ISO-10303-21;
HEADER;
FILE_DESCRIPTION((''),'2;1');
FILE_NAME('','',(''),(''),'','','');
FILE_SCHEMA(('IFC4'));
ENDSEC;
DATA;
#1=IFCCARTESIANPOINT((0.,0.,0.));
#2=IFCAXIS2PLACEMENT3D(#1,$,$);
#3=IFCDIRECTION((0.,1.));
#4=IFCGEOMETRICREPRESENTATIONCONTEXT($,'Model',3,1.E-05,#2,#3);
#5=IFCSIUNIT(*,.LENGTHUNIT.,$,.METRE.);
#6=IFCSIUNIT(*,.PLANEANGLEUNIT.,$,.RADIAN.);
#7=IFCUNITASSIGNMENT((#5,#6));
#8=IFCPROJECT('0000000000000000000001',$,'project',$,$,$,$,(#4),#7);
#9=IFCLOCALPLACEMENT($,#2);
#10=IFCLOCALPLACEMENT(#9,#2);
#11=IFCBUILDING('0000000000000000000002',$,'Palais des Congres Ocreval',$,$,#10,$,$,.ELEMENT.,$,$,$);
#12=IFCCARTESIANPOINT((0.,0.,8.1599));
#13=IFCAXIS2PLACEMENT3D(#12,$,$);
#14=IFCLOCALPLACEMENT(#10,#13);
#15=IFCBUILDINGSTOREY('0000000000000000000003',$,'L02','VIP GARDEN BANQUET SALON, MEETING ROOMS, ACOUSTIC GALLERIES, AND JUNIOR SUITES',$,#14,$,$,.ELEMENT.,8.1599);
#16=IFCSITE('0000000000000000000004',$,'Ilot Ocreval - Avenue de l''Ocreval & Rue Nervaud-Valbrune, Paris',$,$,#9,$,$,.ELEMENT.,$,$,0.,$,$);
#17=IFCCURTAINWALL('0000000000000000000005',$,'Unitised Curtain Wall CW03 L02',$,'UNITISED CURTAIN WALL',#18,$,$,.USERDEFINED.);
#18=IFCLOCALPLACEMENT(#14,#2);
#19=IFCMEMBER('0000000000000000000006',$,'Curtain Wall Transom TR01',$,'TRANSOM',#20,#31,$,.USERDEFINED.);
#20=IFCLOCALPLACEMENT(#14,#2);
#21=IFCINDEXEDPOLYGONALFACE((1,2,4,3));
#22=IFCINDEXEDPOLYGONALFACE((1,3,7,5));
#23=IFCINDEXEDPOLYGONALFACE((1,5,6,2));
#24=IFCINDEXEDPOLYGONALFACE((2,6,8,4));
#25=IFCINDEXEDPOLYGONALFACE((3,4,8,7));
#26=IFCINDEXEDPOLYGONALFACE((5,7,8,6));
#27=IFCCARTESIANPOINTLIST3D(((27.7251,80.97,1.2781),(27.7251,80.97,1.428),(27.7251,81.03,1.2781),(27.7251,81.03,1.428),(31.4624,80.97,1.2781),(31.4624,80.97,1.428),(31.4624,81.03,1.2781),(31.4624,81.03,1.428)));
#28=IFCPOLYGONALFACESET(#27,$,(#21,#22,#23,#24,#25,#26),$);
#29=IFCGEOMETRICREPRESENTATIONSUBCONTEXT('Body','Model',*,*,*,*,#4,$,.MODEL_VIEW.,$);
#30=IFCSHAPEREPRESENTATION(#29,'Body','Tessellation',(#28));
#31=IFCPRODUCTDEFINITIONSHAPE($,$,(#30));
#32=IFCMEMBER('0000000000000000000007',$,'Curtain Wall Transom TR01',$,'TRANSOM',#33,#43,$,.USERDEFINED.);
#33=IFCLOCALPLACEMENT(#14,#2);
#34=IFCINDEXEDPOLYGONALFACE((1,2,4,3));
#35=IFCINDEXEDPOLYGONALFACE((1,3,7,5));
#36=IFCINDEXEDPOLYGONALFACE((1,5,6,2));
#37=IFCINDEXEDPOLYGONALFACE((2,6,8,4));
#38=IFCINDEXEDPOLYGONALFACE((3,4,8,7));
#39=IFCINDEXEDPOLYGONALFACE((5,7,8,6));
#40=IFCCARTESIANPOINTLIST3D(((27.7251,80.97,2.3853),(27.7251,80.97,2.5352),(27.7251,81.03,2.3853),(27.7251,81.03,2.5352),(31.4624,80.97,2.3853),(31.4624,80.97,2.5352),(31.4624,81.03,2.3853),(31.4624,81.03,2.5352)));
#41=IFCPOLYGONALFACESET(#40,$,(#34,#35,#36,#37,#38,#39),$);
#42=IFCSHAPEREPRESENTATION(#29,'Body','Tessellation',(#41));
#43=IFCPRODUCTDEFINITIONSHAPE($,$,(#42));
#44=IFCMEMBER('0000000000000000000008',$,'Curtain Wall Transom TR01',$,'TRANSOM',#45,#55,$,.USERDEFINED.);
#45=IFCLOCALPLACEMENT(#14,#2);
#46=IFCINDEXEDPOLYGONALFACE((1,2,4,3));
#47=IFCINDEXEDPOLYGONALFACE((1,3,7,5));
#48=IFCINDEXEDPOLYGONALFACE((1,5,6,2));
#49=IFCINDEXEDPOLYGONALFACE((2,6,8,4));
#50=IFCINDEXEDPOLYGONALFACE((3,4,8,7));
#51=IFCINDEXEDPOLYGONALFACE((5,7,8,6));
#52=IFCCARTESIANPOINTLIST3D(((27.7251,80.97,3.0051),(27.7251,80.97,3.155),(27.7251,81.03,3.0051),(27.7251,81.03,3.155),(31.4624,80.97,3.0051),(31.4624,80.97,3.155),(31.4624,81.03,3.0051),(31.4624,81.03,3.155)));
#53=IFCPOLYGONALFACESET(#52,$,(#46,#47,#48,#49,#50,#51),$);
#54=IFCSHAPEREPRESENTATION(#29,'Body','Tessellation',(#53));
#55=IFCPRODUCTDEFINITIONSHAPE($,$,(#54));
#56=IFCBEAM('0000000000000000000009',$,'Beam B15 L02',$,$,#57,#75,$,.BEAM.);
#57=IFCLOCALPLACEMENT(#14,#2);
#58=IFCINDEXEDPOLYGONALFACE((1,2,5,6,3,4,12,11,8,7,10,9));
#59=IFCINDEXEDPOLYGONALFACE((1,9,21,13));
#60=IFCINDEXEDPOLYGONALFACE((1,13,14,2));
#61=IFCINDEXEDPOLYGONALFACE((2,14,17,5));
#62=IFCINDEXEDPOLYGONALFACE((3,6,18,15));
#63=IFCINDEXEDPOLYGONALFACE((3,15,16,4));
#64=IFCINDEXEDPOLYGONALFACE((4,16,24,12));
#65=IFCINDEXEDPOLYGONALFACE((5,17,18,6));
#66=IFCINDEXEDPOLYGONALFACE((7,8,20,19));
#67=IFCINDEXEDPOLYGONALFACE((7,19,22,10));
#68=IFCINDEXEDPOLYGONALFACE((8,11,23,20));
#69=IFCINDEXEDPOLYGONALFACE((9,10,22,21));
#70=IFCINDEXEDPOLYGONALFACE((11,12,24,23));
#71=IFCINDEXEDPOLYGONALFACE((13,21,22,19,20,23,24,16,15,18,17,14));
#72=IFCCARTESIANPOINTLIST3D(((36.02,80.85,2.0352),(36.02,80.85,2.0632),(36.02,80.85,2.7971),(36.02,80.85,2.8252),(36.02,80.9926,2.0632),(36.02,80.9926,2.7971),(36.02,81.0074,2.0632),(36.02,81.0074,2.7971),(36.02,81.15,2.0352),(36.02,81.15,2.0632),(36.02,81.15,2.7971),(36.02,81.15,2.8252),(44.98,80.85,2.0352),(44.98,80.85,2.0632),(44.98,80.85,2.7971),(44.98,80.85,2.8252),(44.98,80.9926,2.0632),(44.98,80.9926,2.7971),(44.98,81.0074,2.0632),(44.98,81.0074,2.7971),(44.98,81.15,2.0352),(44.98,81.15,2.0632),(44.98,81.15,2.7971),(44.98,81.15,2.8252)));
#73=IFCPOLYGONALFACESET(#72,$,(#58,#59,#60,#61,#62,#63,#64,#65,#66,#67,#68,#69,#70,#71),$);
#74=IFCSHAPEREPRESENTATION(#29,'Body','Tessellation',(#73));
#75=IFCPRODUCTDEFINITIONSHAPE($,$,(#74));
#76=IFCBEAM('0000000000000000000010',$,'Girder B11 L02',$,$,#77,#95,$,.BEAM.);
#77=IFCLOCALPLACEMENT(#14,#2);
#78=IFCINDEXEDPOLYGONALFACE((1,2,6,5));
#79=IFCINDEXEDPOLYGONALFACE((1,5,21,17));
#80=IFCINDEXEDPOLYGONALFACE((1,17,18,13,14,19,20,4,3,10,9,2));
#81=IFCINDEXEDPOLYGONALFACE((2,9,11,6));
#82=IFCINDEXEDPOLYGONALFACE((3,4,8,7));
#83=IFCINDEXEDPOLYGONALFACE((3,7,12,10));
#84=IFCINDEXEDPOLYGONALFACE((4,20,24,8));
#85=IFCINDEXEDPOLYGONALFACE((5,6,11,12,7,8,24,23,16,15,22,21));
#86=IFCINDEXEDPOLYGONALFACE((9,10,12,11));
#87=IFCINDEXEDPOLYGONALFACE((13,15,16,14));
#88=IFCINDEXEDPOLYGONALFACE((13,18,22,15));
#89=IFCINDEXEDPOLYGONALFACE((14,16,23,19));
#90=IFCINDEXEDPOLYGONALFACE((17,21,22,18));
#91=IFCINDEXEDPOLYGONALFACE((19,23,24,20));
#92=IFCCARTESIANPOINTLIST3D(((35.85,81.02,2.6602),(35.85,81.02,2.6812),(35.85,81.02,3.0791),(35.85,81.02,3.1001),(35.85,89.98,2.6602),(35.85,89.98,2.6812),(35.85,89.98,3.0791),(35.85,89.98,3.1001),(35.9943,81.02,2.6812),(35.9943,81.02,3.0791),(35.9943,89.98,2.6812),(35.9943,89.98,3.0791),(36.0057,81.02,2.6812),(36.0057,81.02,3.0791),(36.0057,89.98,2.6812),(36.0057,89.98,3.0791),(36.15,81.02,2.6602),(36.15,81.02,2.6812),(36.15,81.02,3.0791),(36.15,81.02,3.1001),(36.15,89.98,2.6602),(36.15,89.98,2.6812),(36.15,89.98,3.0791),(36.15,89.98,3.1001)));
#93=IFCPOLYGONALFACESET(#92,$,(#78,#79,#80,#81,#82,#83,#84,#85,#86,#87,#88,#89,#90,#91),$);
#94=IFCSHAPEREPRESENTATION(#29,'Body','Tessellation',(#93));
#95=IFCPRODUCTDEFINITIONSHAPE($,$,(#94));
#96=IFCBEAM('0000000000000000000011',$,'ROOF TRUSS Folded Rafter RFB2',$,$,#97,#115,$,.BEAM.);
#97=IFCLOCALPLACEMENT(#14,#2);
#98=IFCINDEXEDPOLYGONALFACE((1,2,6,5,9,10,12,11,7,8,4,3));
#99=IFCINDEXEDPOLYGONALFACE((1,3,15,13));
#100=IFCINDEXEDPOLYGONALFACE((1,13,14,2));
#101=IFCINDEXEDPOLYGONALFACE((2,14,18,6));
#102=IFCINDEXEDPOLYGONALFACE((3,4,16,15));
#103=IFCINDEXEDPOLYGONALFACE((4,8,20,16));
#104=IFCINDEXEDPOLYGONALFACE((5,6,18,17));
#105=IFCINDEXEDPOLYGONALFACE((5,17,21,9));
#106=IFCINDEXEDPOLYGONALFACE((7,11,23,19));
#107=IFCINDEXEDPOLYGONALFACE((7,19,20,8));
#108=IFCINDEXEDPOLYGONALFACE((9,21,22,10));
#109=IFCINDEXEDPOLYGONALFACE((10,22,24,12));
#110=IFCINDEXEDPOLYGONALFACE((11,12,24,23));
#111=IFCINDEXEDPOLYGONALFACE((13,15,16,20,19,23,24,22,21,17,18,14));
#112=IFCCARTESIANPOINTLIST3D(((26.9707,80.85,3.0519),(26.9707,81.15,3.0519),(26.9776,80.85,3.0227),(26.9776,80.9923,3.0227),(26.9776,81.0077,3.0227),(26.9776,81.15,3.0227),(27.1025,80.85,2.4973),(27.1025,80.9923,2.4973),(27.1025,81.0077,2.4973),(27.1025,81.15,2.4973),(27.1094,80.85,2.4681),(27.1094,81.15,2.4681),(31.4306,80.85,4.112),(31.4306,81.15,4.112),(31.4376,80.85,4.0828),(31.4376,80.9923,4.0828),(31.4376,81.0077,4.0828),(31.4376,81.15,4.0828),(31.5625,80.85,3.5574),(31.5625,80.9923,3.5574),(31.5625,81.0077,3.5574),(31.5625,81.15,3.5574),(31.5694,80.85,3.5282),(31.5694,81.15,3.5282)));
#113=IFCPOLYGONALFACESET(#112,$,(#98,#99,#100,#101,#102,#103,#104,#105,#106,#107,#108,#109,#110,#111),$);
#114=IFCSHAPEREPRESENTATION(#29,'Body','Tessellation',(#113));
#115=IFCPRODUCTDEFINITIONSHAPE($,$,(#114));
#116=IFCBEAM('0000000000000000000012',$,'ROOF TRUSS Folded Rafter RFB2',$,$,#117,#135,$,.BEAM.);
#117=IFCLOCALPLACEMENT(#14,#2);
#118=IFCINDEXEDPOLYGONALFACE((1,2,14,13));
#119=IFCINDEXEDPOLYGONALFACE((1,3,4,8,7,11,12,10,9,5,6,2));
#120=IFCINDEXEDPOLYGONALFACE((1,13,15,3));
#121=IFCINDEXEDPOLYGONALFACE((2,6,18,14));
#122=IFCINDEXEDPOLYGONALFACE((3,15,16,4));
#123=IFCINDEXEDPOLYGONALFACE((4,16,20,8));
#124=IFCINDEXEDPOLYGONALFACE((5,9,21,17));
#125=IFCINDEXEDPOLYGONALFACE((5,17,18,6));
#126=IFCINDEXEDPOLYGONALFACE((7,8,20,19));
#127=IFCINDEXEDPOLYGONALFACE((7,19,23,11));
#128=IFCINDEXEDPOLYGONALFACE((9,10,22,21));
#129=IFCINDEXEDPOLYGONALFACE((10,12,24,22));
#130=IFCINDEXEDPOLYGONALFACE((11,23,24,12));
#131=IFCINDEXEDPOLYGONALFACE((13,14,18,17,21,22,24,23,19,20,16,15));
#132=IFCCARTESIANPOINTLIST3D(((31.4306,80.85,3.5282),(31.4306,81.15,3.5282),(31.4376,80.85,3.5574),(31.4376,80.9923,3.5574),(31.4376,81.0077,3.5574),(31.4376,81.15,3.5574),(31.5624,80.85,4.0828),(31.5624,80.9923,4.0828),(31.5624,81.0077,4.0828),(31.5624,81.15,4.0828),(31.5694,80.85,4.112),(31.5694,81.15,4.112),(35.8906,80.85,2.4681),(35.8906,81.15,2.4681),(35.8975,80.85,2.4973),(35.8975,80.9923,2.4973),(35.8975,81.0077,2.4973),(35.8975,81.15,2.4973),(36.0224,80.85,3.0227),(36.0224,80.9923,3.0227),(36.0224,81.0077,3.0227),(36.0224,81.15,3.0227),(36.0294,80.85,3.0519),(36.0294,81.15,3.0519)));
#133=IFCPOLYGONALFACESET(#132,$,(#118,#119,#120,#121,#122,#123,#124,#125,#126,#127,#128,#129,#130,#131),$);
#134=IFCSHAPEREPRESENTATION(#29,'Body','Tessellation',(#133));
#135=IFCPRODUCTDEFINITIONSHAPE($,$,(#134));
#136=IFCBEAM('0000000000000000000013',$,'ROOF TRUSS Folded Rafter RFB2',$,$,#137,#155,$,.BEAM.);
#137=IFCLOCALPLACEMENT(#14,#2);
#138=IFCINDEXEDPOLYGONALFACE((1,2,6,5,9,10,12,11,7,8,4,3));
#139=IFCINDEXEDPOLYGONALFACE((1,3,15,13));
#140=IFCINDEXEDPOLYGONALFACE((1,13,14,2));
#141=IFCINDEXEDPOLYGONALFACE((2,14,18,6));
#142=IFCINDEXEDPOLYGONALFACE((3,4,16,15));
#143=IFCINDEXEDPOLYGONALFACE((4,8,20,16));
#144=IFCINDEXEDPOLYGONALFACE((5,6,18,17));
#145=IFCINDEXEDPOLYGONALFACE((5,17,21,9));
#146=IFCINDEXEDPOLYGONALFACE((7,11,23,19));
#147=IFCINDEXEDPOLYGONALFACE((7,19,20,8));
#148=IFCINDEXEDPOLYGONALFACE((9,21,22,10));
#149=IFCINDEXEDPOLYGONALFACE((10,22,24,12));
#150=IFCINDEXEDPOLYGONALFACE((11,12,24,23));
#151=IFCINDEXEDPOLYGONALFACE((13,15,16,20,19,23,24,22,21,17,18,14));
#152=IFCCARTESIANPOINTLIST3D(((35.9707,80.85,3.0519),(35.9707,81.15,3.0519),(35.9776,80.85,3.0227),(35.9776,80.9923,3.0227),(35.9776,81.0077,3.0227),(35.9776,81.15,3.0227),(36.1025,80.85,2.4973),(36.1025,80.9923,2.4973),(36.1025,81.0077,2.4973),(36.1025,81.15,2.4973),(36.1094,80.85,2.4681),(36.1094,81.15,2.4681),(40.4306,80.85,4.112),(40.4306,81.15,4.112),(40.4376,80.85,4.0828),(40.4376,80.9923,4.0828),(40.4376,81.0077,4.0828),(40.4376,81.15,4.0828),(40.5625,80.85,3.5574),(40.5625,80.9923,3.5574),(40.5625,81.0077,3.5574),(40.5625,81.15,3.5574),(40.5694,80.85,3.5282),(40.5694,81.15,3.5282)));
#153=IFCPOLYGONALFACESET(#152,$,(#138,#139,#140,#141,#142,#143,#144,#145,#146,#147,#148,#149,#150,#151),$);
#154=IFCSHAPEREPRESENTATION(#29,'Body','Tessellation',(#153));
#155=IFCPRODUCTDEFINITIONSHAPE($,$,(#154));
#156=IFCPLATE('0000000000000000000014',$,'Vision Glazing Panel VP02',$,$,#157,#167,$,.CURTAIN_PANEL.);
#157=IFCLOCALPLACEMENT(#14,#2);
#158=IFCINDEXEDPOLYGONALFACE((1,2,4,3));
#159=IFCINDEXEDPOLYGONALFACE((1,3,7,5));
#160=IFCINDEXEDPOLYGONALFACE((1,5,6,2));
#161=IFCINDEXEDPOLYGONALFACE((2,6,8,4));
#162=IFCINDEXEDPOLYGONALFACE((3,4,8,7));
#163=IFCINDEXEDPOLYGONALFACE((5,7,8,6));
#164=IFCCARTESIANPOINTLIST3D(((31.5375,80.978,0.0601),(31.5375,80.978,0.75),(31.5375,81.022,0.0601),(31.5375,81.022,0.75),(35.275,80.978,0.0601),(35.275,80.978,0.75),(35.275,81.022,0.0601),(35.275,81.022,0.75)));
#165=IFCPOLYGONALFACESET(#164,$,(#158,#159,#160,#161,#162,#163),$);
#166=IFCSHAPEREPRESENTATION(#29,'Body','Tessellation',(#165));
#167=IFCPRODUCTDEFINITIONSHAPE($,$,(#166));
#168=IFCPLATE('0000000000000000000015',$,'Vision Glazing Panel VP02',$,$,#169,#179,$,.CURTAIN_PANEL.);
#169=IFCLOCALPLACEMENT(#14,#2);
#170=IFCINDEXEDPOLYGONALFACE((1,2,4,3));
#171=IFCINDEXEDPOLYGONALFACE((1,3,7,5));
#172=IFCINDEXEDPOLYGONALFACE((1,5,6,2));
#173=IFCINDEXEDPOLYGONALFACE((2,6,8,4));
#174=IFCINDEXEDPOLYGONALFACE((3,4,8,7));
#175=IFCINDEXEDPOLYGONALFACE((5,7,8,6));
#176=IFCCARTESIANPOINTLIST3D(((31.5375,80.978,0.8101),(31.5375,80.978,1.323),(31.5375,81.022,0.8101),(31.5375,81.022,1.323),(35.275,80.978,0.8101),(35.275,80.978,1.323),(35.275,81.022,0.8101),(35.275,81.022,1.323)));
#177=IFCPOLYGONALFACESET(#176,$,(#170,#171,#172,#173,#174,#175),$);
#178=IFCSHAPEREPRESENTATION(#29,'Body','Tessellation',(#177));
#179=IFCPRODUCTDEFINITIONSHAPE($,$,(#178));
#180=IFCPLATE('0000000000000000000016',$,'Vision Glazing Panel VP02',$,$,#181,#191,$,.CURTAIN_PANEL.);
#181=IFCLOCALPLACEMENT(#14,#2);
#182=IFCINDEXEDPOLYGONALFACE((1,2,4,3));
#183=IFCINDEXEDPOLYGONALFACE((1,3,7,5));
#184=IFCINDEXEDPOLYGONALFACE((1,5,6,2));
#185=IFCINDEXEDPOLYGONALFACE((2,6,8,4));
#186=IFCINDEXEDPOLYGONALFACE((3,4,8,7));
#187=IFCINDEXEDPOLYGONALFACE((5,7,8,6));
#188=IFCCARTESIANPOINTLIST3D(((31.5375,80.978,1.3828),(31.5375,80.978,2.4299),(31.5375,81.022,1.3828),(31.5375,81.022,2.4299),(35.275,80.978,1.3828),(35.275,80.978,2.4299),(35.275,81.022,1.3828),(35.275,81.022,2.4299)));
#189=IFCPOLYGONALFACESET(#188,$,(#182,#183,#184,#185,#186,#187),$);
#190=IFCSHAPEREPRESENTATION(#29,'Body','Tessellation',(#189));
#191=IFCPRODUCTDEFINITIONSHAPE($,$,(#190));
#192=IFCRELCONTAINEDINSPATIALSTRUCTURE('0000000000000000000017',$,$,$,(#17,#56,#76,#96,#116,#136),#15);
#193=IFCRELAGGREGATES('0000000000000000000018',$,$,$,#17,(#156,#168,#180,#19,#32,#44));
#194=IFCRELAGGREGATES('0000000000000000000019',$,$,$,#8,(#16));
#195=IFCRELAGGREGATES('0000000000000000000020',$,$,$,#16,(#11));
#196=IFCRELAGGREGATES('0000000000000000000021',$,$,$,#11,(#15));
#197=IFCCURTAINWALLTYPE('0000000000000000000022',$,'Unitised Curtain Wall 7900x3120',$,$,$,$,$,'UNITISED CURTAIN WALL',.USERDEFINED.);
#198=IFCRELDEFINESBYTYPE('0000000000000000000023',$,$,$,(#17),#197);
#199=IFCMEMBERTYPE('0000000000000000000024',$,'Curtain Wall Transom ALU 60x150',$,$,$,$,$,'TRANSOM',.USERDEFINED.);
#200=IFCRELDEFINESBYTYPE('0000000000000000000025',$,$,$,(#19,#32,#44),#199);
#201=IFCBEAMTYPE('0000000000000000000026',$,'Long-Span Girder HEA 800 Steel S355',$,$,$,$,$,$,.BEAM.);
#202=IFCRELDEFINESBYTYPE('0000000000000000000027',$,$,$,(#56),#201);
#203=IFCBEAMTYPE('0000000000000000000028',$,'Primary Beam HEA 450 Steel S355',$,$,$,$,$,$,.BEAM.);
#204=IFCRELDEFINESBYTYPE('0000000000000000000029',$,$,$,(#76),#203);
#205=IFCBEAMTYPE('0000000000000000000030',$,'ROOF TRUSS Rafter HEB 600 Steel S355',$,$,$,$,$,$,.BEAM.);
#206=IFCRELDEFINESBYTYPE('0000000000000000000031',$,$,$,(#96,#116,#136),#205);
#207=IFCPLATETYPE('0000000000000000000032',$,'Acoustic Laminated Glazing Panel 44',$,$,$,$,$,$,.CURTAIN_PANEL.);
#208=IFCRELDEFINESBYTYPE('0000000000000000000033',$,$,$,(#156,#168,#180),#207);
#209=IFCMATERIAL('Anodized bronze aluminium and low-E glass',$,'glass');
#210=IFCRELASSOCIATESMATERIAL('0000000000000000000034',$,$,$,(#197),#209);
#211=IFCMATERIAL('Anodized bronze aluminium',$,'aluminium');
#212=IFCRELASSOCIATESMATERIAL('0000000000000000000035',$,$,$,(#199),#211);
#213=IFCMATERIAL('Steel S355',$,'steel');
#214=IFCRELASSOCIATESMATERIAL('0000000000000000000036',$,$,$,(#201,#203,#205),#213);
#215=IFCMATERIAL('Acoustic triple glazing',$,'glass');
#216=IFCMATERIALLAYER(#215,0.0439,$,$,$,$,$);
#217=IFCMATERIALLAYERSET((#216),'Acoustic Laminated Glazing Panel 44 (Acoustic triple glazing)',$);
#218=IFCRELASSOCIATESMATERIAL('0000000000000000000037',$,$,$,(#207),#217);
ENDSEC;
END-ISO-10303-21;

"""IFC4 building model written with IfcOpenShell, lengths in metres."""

from ifc_helpers import new_model, si_unit, direction, frame, origin, origin_2d, place, context, subcontext, project, spatial, rectangle, i_section, extrude, material, layer, layer_set, material_profile, profile_set, type_object, element, aggregate, save


model = new_model("IFC4")

# Units and contexts
model_context = context("Model", 3, precision=1e-05, world=origin(), true_north=direction((0.0, 1.0)))
body_context = subcontext(model_context, "Body", "Model", "MODEL_VIEW")
ifc_project = project(units=[si_unit("LENGTHUNIT", "METRE"), si_unit("PLANEANGLEUNIT", "RADIAN")], contexts=[model_context])

# Site, building, storey
site_placement = place(None, origin())
site = spatial("IfcSite", under=ifc_project, at=site_placement, Name="Ilot Ocreval - Avenue de l'Ocreval & Rue Nervaud-Valbrune, Paris", CompositionType="ELEMENT", RefElevation=0.0)
building_placement = place(site_placement, origin())
building = spatial("IfcBuilding", under=site, at=building_placement, Name="Palais des Congres Ocreval", CompositionType="ELEMENT")
storey_placement = place(building_placement, frame((0.0, 0.0, 8.1599)))
storey = spatial("IfcBuildingStorey", under=building, at=storey_placement, Name="L02", Description="VIP GARDEN BANQUET SALON, MEETING ROOMS, ACOUSTIC GALLERIES, AND JUNIOR SUITES", CompositionType="ELEMENT", Elevation=8.1599)

# Shared definitions
ifc_material_1 = material(Name="Steel S355", Category="steel")

# Shared definitions
ifc_material_2 = material(Name="Anodized bronze aluminium and low-E glass", Category="glass")
curtain_wall_type = type_object("IfcCurtainWallType", Name="Unitised Curtain Wall 7900x3120", ElementType="UNITISED CURTAIN WALL", PredefinedType="USERDEFINED", material=ifc_material_2)
ifc_material_3 = material(Name="Anodized bronze aluminium", Category="aluminium")

# Curtain wall, members
curtain_wall_1_placement = place(storey_placement, origin())
curtain_wall_1 = element("IfcCurtainWall", 1, at=curtain_wall_1_placement, inside=storey, type_object=curtain_wall_type, Name="Unitised Curtain Wall CW03 L02", ObjectType="UNITISED CURTAIN WALL", PredefinedType="USERDEFINED")
ifc_material_profile_1 = material_profile(ifc_material_3, rectangle(XDim=0.0601, YDim=0.1499, at=origin_2d()), Name="ALU 60x150")
ifc_profile_set_1 = profile_set([ifc_material_profile_1], Name="Anodized bronze aluminium")
member_type_1 = type_object("IfcMemberType", Name="Curtain Wall Transom ALU 60x150", ElementType="TRANSOM", PredefinedType="USERDEFINED", material=ifc_profile_set_1)
member_1_placement = place(storey_placement, frame((31.4624, 81.0, 1.353), z_axis=(-1.0, 0.0, 0.0), x_axis=(0.0, -1.0, 0.0)))
member_1 = element("IfcMember", 2, at=member_1_placement, type_object=member_type_1, Name="Curtain Wall Transom TR01", ObjectType="TRANSOM", PredefinedType="USERDEFINED", context=body_context, shape_type="SweptSolid", body=[
    extrude(rectangle(XDim=0.0601, YDim=0.1499, at=origin_2d()), origin(), (0.0, 0.0, 1.0), 3.7373),
])
member_2_placement = place(storey_placement, frame((31.4624, 81.0, 2.4602), z_axis=(-1.0, 0.0, 0.0), x_axis=(0.0, -1.0, 0.0)))
member_2 = element("IfcMember", 3, at=member_2_placement, type_object=member_type_1, Name="Curtain Wall Transom TR01", ObjectType="TRANSOM", PredefinedType="USERDEFINED", context=body_context, shape_type="SweptSolid", body=[
    extrude(rectangle(XDim=0.0601, YDim=0.1499, at=origin_2d()), origin(), (0.0, 0.0, 1.0), 3.7373),
])
member_3_placement = place(storey_placement, frame((31.4624, 81.0, 3.0801), z_axis=(-1.0, 0.0, 0.0), x_axis=(0.0, -1.0, 0.0)))
member_3 = element("IfcMember", 4, at=member_3_placement, type_object=member_type_1, Name="Curtain Wall Transom TR01", ObjectType="TRANSOM", PredefinedType="USERDEFINED", context=body_context, shape_type="SweptSolid", body=[
    extrude(rectangle(XDim=0.0601, YDim=0.1499, at=origin_2d()), origin(), (0.0, 0.0, 1.0), 3.7373),
])

# Beams
ifc_material_profile_2 = material_profile(ifc_material_1, i_section(OverallWidth=0.3, OverallDepth=0.79, WebThickness=0.0149, FlangeThickness=0.0281, at=origin_2d()), Name="HEA 800")
ifc_profile_set_2 = profile_set([ifc_material_profile_2], Name="Steel S355")
beam_type_1 = type_object("IfcBeamType", Name="Long-Span Girder HEA 800 Steel S355", PredefinedType="BEAM", material=ifc_profile_set_2)
beam_1_placement = place(storey_placement, frame((36.02, 81.0, 2.4302), z_axis=(1.0, 0.0, 0.0), x_axis=(0.0, 1.0, 0.0)))
element("IfcBeam", 5, at=beam_1_placement, inside=storey, type_object=beam_type_1, Name="Beam B15 L02", PredefinedType="BEAM", context=body_context, shape_type="SweptSolid", body=[
    extrude(i_section(OverallWidth=0.3, OverallDepth=0.79, WebThickness=0.0149, FlangeThickness=0.0281, at=origin_2d()), origin(), (0.0, 0.0, 1.0), 8.96),
])
ifc_material_profile_3 = material_profile(ifc_material_1, i_section(OverallWidth=0.3, OverallDepth=0.4399, WebThickness=0.0115, FlangeThickness=0.021, at=origin_2d()), Name="HEA 450")
ifc_profile_set_3 = profile_set([ifc_material_profile_3], Name="Steel S355")
beam_type_2 = type_object("IfcBeamType", Name="Primary Beam HEA 450 Steel S355", PredefinedType="BEAM", material=ifc_profile_set_3)
beam_2_placement = place(storey_placement, frame((36.0, 81.02, 2.8801), z_axis=(0.0, 1.0, 0.0), x_axis=(-1.0, 0.0, 0.0)))
element("IfcBeam", 6, at=beam_2_placement, inside=storey, type_object=beam_type_2, Name="Girder B11 L02", PredefinedType="BEAM", context=body_context, shape_type="SweptSolid", body=[
    extrude(i_section(OverallWidth=0.3, OverallDepth=0.4399, WebThickness=0.0115, FlangeThickness=0.021, at=origin_2d()), origin(), (0.0, 0.0, 1.0), 8.96),
])
ifc_material_profile_4 = material_profile(ifc_material_1, i_section(OverallWidth=0.3, OverallDepth=0.6001, WebThickness=0.0154, FlangeThickness=0.03, at=origin_2d()), Name="HEB 600")
ifc_profile_set_4 = profile_set([ifc_material_profile_4], Name="Steel S355")
beam_type_3 = type_object("IfcBeamType", Name="ROOF TRUSS Rafter HEB 600 Steel S355", PredefinedType="BEAM", material=ifc_profile_set_4)
for number, where, z_axis, x_axis, name in (
    (7, (27.04, 81.0, 2.76), (0.972896, 0.0, 0.231241), (0.0, 1.0, 0.0), "ROOF TRUSS Folded Rafter RFB2"),
    (8, (31.5, 81.0, 3.8201), (0.972896, 0.0, -0.231241), (0.0, 1.0, 0.0), "ROOF TRUSS Folded Rafter RFB2"),
    (9, (36.04, 81.0, 2.76), (0.972896, 0.0, 0.231241), (0.0, 1.0, 0.0), "ROOF TRUSS Folded Rafter RFB2"),
):
    element("IfcBeam", number, at=place(storey_placement, frame(where, z_axis=z_axis, x_axis=x_axis)), inside=storey, type_object=beam_type_3, Name=name, PredefinedType="BEAM", context=body_context, shape_type="SweptSolid", body=[
        extrude(i_section(OverallWidth=0.3, OverallDepth=0.6001, WebThickness=0.0154, FlangeThickness=0.03, at=origin_2d()), origin(), (0.0, 0.0, 1.0), 4.5842),
    ])

# Plates
ifc_material_4 = material(Name="Acoustic triple glazing", Category="glass")
ifc_layer_1 = layer(ifc_material_4, 0.0439)
ifc_layer_set_1 = layer_set([ifc_layer_1], Name="Acoustic Laminated Glazing Panel 44 (Acoustic triple glazing)")
plate_type_1 = type_object("IfcPlateType", Name="Acoustic Laminated Glazing Panel 44", PredefinedType="CURTAIN_PANEL", material=ifc_layer_set_1)
plate_1_placement = place(storey_placement, frame((33.4062, 81.0, 0.0601), z_axis=(0.0, 0.0, 1.0), x_axis=(-1.0, 0.0, 0.0)))
plate_1 = element("IfcPlate", 10, at=plate_1_placement, type_object=plate_type_1, Name="Vision Glazing Panel VP02", PredefinedType="CURTAIN_PANEL", context=body_context, shape_type="SweptSolid", body=[
    extrude(rectangle(XDim=3.7375, YDim=0.0439, at=origin_2d()), origin(), (0.0, 0.0, 1.0), 0.6899),
])
plate_2_placement = place(storey_placement, frame((33.4062, 81.0, 0.8101), z_axis=(0.0, 0.0, 1.0), x_axis=(-1.0, 0.0, 0.0)))
plate_2 = element("IfcPlate", 11, at=plate_2_placement, type_object=plate_type_1, Name="Vision Glazing Panel VP02", PredefinedType="CURTAIN_PANEL", context=body_context, shape_type="SweptSolid", body=[
    extrude(rectangle(XDim=3.7375, YDim=0.0439, at=origin_2d()), origin(), (0.0, 0.0, 1.0), 0.5129),
])
plate_3_placement = place(storey_placement, frame((33.4062, 81.0, 1.3828), z_axis=(0.0, 0.0, 1.0), x_axis=(-1.0, 0.0, 0.0)))
plate_3 = element("IfcPlate", 12, at=plate_3_placement, type_object=plate_type_1, Name="Vision Glazing Panel VP02", PredefinedType="CURTAIN_PANEL", context=body_context, shape_type="SweptSolid", body=[
    extrude(rectangle(XDim=3.7375, YDim=0.0439, at=origin_2d()), origin(), (0.0, 0.0, 1.0), 1.0471),
])
aggregate(curtain_wall_1, [plate_1, plate_2, plate_3, member_1, member_2, member_3])

save(model, "model.ifc")
